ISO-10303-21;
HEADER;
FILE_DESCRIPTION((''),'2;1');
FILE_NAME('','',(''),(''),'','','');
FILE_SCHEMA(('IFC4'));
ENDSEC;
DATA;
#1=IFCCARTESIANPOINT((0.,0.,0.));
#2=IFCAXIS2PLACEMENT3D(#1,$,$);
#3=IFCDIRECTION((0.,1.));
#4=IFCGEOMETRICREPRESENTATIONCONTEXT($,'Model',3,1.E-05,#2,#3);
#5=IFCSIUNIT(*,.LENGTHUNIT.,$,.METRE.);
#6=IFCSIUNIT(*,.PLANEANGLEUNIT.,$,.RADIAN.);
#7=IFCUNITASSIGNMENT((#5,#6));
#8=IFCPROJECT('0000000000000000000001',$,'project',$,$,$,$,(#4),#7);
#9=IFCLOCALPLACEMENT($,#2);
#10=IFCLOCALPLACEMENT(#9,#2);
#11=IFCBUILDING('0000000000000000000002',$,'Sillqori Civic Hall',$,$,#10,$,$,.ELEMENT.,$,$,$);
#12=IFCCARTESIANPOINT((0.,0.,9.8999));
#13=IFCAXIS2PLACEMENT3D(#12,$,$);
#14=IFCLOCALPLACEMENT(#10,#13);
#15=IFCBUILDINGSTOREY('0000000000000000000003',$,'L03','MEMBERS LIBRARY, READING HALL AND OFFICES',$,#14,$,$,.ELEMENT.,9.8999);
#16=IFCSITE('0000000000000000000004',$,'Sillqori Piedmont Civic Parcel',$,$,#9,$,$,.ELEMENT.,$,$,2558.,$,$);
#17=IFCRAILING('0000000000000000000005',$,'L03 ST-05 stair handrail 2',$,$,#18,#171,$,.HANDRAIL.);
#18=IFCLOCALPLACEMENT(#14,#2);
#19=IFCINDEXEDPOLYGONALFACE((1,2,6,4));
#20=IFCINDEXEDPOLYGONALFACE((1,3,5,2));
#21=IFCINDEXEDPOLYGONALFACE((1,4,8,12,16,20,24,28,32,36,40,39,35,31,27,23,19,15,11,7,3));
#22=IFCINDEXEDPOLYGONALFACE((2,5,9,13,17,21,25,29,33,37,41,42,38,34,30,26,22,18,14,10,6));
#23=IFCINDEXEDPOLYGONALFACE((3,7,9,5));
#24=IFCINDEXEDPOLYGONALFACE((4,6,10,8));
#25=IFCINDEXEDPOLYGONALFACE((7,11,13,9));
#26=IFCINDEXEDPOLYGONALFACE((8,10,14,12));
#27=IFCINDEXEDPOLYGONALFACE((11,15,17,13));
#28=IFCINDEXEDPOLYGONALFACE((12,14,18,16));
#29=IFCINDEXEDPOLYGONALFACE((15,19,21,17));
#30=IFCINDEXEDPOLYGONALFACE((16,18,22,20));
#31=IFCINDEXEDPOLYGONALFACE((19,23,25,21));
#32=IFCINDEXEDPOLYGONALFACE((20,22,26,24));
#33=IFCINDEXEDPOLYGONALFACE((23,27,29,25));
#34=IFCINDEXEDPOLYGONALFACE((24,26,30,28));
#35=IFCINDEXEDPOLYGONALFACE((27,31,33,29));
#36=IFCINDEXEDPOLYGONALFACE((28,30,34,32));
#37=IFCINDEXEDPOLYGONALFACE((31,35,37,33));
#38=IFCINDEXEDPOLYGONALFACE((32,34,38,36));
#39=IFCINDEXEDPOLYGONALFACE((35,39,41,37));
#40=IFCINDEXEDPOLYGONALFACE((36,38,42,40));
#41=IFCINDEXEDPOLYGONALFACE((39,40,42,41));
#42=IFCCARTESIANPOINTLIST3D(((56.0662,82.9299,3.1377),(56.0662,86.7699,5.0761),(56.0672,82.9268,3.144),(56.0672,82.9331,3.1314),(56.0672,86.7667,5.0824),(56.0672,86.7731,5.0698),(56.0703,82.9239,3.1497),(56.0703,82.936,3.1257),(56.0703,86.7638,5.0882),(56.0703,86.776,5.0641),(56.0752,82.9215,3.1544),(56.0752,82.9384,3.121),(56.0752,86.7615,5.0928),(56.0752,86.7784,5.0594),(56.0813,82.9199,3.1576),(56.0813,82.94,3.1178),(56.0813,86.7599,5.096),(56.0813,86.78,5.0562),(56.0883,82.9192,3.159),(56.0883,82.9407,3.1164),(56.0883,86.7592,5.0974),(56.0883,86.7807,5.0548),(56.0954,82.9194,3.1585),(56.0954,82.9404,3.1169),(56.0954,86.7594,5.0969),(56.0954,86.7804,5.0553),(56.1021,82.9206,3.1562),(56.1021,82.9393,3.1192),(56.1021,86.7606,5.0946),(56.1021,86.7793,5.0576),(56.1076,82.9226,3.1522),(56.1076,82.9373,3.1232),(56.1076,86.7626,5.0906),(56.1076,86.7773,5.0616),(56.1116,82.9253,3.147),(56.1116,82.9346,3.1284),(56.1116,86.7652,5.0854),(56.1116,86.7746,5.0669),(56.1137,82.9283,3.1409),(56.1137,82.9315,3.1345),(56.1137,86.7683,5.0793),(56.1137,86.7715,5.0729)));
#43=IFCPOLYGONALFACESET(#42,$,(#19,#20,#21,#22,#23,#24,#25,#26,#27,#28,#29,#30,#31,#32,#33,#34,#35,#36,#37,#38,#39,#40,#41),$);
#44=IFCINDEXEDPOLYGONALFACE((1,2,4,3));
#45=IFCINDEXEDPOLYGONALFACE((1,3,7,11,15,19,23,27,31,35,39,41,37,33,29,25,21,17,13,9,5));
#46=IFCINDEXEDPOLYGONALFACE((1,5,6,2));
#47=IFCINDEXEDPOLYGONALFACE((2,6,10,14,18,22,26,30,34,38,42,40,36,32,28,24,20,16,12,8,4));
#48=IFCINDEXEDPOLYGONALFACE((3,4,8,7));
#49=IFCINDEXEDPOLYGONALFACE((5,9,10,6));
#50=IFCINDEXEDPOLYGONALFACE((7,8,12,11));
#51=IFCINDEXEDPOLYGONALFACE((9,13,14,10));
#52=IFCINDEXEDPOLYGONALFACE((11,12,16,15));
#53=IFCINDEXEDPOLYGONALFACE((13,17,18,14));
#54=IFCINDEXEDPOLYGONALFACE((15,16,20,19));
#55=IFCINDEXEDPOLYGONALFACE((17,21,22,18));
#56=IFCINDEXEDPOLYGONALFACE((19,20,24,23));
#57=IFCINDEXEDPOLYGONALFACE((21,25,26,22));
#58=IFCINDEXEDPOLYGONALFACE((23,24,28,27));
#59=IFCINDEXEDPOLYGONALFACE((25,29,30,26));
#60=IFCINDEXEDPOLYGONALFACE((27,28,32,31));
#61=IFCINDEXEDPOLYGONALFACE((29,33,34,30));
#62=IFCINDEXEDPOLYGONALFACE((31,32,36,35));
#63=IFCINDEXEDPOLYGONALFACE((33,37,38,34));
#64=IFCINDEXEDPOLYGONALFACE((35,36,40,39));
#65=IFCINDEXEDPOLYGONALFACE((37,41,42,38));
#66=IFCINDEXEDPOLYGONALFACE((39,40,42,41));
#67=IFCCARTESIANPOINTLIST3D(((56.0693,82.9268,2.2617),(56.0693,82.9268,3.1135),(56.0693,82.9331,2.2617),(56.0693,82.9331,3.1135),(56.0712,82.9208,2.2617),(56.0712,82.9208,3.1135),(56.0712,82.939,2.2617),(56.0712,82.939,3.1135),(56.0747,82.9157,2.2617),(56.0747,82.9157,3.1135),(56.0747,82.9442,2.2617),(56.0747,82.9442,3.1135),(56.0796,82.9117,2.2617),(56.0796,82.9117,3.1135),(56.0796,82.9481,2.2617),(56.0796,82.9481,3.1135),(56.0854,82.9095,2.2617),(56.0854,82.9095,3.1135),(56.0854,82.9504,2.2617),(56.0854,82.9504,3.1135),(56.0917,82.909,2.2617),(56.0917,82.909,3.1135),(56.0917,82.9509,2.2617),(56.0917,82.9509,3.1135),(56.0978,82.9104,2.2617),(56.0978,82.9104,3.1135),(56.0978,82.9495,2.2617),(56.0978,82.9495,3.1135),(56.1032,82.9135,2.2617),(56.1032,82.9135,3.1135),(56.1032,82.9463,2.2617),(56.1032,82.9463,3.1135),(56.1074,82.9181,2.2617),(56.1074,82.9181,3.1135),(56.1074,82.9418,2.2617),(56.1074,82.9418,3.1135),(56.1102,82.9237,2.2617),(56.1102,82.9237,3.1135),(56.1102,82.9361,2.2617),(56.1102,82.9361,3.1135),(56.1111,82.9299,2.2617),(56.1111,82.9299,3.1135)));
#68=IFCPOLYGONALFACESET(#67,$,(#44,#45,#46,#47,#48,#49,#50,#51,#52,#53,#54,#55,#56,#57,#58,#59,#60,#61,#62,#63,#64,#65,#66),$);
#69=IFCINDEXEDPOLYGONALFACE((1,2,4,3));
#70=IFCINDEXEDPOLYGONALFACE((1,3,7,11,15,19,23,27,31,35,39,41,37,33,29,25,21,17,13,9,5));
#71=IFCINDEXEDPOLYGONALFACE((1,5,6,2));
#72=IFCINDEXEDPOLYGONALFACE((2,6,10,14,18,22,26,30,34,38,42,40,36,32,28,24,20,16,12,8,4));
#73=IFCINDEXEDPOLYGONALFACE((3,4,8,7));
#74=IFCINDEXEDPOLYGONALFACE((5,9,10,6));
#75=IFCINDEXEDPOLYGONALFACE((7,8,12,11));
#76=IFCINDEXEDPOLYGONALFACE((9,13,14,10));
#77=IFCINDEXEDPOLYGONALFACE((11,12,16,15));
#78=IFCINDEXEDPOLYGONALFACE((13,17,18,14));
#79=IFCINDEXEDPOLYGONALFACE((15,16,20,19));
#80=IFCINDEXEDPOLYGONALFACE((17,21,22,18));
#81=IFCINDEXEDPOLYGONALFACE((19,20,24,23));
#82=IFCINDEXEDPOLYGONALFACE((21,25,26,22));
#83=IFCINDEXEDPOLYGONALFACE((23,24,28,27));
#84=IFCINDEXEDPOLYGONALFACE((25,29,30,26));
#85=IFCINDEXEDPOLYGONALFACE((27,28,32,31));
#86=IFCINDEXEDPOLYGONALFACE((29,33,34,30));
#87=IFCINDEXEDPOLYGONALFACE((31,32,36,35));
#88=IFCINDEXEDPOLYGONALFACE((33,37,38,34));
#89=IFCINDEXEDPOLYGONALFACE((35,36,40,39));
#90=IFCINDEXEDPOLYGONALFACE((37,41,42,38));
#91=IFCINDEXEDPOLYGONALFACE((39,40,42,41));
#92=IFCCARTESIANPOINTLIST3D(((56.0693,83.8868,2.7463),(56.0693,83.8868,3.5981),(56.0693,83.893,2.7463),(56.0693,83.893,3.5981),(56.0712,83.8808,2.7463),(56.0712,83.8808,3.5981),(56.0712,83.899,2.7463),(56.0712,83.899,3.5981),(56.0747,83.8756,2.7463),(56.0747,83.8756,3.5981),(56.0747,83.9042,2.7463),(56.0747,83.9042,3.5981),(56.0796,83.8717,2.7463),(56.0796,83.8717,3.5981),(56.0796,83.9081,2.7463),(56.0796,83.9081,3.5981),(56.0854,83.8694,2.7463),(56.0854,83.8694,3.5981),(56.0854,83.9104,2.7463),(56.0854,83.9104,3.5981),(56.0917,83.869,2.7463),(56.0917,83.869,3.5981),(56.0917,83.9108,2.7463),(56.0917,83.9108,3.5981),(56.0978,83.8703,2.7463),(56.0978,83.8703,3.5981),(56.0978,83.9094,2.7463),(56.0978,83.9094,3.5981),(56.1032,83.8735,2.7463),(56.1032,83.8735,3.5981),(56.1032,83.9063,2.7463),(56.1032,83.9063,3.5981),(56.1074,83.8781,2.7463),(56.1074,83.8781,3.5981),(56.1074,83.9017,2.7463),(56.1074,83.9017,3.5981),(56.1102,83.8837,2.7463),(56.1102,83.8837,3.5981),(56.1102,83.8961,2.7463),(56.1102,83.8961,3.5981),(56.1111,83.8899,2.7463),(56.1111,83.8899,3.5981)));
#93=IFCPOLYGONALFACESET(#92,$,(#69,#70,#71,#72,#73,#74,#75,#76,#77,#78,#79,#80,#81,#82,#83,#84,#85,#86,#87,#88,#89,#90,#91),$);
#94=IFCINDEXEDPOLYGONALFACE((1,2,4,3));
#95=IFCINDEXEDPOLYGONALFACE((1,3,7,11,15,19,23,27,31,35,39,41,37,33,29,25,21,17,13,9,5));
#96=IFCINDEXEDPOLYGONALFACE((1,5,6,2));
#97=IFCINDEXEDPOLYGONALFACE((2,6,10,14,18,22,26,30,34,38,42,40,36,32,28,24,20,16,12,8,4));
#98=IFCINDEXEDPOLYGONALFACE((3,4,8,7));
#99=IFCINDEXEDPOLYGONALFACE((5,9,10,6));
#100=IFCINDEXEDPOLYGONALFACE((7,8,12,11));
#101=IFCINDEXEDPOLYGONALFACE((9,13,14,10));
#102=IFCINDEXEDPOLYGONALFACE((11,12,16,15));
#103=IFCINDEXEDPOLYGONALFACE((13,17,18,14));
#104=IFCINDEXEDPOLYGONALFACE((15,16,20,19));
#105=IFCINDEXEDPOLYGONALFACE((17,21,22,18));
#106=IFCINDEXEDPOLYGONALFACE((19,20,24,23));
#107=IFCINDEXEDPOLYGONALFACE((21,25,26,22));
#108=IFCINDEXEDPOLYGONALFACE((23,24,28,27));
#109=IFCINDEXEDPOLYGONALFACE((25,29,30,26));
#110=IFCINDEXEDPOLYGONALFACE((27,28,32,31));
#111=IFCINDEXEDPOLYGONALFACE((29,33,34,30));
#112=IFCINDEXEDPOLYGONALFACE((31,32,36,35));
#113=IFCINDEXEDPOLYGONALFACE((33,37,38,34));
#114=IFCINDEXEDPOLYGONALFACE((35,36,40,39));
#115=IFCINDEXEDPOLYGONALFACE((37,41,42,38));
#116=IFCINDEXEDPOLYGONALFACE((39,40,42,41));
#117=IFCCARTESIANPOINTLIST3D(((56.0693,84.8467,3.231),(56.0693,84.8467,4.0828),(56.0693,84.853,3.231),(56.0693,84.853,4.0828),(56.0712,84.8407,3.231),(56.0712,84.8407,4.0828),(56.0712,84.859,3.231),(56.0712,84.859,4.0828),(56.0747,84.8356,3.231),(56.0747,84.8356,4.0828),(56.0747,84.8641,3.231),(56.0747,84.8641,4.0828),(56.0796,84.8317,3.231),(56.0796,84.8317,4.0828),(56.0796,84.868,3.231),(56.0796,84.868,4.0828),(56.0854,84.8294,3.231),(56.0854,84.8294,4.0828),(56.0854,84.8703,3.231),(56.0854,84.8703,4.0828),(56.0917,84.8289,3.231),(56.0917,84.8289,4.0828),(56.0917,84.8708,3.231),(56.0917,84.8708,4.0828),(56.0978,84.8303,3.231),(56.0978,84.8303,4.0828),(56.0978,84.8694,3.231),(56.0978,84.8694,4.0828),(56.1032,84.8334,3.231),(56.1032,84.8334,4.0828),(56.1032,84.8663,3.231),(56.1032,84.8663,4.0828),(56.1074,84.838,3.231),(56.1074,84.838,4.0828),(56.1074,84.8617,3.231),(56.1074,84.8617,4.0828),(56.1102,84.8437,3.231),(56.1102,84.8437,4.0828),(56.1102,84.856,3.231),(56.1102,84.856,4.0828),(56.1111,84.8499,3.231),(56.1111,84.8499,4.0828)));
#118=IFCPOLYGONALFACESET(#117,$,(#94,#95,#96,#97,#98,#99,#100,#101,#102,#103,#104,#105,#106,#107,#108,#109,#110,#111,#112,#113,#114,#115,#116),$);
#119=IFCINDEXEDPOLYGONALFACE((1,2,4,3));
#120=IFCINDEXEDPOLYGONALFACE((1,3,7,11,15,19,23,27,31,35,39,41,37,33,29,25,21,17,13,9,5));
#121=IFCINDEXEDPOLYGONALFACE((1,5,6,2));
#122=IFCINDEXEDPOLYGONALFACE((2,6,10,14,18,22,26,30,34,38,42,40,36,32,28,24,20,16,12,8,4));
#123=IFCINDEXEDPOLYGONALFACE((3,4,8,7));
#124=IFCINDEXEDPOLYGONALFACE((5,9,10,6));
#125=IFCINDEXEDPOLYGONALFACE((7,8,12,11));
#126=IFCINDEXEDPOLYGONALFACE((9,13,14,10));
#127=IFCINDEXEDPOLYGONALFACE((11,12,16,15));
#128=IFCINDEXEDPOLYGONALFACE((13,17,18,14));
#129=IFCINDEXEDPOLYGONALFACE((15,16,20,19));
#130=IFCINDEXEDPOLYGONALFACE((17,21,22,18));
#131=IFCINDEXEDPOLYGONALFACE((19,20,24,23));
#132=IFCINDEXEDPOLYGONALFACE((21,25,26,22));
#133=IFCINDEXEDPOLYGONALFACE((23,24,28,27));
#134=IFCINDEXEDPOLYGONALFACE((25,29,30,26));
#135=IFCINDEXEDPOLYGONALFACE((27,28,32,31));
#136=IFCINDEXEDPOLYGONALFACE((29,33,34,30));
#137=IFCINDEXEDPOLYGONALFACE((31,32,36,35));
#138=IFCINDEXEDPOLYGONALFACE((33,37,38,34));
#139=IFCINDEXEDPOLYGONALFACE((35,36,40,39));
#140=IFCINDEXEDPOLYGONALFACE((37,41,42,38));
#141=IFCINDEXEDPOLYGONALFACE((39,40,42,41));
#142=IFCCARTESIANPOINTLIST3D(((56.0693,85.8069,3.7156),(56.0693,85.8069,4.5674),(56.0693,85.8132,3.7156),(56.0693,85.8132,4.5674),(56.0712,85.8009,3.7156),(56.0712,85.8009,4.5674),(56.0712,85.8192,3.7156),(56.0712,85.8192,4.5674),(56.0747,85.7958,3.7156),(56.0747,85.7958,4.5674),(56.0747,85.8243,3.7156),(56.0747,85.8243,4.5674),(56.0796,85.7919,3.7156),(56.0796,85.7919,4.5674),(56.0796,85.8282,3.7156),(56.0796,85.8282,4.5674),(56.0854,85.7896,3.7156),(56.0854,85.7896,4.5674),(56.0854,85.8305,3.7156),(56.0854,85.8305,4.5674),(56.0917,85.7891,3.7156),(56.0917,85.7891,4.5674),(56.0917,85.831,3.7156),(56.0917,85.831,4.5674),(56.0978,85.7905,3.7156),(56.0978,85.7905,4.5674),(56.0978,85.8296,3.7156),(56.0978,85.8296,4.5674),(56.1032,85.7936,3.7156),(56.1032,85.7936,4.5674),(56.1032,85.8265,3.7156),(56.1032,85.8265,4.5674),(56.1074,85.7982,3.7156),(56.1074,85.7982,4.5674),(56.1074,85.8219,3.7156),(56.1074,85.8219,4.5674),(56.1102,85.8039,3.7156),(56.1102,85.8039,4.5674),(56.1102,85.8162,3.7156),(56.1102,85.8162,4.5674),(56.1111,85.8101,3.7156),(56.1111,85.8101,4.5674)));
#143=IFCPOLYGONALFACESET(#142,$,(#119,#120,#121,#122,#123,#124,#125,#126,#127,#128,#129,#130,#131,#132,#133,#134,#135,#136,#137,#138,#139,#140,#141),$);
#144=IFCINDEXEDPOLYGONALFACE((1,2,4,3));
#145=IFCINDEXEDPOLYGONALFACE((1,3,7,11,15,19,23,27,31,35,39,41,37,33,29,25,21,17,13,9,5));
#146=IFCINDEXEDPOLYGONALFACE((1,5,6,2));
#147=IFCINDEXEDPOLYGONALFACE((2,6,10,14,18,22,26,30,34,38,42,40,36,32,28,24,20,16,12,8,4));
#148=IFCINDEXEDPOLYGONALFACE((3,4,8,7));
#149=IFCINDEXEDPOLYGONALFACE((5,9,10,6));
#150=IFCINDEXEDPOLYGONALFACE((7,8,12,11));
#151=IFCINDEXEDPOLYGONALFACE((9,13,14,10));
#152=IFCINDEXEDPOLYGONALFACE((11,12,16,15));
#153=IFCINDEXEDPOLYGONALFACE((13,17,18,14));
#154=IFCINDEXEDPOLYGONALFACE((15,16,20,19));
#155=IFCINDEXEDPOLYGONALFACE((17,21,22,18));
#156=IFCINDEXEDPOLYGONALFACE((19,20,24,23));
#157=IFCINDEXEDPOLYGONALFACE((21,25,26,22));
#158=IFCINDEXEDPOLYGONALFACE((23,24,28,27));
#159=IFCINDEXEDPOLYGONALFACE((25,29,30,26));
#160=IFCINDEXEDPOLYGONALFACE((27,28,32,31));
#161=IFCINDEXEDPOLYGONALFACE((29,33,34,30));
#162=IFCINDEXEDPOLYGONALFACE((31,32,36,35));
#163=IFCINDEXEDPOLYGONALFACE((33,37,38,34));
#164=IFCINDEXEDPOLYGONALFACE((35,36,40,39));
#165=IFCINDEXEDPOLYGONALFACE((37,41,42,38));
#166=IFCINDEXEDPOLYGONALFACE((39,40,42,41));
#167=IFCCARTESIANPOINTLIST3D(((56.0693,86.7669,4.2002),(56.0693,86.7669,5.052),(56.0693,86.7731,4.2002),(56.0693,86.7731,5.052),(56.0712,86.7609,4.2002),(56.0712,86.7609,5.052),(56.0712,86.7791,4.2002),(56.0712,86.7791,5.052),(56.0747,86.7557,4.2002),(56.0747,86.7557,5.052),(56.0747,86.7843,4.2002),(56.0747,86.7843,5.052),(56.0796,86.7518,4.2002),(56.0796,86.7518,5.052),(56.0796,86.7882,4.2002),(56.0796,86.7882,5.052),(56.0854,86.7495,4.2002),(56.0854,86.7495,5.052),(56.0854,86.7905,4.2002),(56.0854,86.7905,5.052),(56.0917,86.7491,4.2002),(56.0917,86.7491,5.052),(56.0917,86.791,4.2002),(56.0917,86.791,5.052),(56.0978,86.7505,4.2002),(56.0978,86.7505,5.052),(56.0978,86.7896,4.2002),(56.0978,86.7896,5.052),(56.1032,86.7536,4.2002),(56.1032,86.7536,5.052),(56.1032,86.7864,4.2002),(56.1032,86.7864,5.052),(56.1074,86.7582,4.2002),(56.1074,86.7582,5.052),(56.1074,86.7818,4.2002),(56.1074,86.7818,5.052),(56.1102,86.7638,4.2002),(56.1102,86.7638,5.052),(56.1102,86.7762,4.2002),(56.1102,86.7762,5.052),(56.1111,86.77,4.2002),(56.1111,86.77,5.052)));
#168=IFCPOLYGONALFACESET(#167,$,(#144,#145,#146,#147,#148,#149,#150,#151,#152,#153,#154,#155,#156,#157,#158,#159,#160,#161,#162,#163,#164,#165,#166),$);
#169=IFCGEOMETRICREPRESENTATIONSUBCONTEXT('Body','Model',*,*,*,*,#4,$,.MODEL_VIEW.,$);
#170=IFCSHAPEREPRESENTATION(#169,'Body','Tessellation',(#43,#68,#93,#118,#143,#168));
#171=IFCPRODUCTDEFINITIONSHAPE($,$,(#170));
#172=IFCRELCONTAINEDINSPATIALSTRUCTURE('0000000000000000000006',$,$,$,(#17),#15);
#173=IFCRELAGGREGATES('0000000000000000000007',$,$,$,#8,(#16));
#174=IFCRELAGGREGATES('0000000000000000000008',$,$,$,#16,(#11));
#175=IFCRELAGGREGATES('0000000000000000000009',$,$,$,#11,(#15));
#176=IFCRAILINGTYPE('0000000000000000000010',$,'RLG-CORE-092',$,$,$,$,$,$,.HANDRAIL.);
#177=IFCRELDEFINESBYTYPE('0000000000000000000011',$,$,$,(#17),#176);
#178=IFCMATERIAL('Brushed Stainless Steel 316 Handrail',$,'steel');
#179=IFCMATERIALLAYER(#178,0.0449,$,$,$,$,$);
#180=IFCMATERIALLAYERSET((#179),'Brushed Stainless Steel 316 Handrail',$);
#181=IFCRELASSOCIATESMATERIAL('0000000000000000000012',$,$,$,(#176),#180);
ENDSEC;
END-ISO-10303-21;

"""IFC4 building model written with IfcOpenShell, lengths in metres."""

from ifc_helpers import new_model, si_unit, direction, frame, origin, origin_2d, place, context, subcontext, project, spatial, circle, extrude, material, layer, layer_set, type_object, element, save


model = new_model("IFC4")

# Units and contexts
model_context = context("Model", 3, precision=1e-05, world=origin(), true_north=direction((0.0, 1.0)))
body_context = subcontext(model_context, "Body", "Model", "MODEL_VIEW")
ifc_project = project(units=[si_unit("LENGTHUNIT", "METRE"), si_unit("PLANEANGLEUNIT", "RADIAN")], contexts=[model_context])

# Site, building, storey
site_placement = place(None, origin())
site = spatial("IfcSite", under=ifc_project, at=site_placement, Name="Sillqori Piedmont Civic Parcel", CompositionType="ELEMENT", RefElevation=2558.0)
building_placement = place(site_placement, origin())
building = spatial("IfcBuilding", under=site, at=building_placement, Name="Sillqori Civic Hall", CompositionType="ELEMENT")
storey_placement = place(building_placement, frame((0.0, 0.0, 9.8999)))
storey = spatial("IfcBuildingStorey", under=building, at=storey_placement, Name="L03", Description="MEMBERS LIBRARY, READING HALL AND OFFICES", CompositionType="ELEMENT", Elevation=9.8999)

# Railing
ifc_material_1 = material(Name="Brushed Stainless Steel 316 Handrail", Category="steel")
ifc_layer_1 = layer(ifc_material_1, 0.0449)
ifc_layer_set_1 = layer_set([ifc_layer_1], Name="Brushed Stainless Steel 316 Handrail")
railing_type_1 = type_object("IfcRailingType", Name="RLG-CORE-092", PredefinedType="HANDRAIL", material=ifc_layer_set_1)
railing_1_placement = place(storey_placement, frame((56.0901, 82.9299, 2.2617)))
element("IfcRailing", 1, at=railing_1_placement, inside=storey, type_object=railing_type_1, Name="L03 ST-05 stair handrail 2", PredefinedType="HANDRAIL", context=body_context, shape_type="SweptSolid", body=[
    extrude(circle(Radius=0.0239, at=origin_2d()), frame((0.0, 0.0, 0.876), z_axis=(0.0, 0.892707, 0.450638), x_axis=(-1.0, 0.0, 0.0)), (0.0, 0.0, 1.0), 4.3015),
    extrude(circle(Radius=0.021, at=origin_2d()), origin(), (0.0, 0.0, 1.0), 0.8518),
    extrude(circle(Radius=0.021, at=origin_2d()), frame((0.0, 0.96, 0.4846)), (0.0, 0.0, 1.0), 0.8518),
    extrude(circle(Radius=0.021, at=origin_2d()), frame((0.0, 1.9199, 0.9692)), (0.0, 0.0, 1.0), 0.8518),
    extrude(circle(Radius=0.021, at=origin_2d()), frame((0.0, 2.8801, 1.4539)), (0.0, 0.0, 1.0), 0.8518),
    extrude(circle(Radius=0.021, at=origin_2d()), frame((0.0, 3.8401, 1.9385)), (0.0, 0.0, 1.0), 0.8518),
])

save(model, "model.ifc")
